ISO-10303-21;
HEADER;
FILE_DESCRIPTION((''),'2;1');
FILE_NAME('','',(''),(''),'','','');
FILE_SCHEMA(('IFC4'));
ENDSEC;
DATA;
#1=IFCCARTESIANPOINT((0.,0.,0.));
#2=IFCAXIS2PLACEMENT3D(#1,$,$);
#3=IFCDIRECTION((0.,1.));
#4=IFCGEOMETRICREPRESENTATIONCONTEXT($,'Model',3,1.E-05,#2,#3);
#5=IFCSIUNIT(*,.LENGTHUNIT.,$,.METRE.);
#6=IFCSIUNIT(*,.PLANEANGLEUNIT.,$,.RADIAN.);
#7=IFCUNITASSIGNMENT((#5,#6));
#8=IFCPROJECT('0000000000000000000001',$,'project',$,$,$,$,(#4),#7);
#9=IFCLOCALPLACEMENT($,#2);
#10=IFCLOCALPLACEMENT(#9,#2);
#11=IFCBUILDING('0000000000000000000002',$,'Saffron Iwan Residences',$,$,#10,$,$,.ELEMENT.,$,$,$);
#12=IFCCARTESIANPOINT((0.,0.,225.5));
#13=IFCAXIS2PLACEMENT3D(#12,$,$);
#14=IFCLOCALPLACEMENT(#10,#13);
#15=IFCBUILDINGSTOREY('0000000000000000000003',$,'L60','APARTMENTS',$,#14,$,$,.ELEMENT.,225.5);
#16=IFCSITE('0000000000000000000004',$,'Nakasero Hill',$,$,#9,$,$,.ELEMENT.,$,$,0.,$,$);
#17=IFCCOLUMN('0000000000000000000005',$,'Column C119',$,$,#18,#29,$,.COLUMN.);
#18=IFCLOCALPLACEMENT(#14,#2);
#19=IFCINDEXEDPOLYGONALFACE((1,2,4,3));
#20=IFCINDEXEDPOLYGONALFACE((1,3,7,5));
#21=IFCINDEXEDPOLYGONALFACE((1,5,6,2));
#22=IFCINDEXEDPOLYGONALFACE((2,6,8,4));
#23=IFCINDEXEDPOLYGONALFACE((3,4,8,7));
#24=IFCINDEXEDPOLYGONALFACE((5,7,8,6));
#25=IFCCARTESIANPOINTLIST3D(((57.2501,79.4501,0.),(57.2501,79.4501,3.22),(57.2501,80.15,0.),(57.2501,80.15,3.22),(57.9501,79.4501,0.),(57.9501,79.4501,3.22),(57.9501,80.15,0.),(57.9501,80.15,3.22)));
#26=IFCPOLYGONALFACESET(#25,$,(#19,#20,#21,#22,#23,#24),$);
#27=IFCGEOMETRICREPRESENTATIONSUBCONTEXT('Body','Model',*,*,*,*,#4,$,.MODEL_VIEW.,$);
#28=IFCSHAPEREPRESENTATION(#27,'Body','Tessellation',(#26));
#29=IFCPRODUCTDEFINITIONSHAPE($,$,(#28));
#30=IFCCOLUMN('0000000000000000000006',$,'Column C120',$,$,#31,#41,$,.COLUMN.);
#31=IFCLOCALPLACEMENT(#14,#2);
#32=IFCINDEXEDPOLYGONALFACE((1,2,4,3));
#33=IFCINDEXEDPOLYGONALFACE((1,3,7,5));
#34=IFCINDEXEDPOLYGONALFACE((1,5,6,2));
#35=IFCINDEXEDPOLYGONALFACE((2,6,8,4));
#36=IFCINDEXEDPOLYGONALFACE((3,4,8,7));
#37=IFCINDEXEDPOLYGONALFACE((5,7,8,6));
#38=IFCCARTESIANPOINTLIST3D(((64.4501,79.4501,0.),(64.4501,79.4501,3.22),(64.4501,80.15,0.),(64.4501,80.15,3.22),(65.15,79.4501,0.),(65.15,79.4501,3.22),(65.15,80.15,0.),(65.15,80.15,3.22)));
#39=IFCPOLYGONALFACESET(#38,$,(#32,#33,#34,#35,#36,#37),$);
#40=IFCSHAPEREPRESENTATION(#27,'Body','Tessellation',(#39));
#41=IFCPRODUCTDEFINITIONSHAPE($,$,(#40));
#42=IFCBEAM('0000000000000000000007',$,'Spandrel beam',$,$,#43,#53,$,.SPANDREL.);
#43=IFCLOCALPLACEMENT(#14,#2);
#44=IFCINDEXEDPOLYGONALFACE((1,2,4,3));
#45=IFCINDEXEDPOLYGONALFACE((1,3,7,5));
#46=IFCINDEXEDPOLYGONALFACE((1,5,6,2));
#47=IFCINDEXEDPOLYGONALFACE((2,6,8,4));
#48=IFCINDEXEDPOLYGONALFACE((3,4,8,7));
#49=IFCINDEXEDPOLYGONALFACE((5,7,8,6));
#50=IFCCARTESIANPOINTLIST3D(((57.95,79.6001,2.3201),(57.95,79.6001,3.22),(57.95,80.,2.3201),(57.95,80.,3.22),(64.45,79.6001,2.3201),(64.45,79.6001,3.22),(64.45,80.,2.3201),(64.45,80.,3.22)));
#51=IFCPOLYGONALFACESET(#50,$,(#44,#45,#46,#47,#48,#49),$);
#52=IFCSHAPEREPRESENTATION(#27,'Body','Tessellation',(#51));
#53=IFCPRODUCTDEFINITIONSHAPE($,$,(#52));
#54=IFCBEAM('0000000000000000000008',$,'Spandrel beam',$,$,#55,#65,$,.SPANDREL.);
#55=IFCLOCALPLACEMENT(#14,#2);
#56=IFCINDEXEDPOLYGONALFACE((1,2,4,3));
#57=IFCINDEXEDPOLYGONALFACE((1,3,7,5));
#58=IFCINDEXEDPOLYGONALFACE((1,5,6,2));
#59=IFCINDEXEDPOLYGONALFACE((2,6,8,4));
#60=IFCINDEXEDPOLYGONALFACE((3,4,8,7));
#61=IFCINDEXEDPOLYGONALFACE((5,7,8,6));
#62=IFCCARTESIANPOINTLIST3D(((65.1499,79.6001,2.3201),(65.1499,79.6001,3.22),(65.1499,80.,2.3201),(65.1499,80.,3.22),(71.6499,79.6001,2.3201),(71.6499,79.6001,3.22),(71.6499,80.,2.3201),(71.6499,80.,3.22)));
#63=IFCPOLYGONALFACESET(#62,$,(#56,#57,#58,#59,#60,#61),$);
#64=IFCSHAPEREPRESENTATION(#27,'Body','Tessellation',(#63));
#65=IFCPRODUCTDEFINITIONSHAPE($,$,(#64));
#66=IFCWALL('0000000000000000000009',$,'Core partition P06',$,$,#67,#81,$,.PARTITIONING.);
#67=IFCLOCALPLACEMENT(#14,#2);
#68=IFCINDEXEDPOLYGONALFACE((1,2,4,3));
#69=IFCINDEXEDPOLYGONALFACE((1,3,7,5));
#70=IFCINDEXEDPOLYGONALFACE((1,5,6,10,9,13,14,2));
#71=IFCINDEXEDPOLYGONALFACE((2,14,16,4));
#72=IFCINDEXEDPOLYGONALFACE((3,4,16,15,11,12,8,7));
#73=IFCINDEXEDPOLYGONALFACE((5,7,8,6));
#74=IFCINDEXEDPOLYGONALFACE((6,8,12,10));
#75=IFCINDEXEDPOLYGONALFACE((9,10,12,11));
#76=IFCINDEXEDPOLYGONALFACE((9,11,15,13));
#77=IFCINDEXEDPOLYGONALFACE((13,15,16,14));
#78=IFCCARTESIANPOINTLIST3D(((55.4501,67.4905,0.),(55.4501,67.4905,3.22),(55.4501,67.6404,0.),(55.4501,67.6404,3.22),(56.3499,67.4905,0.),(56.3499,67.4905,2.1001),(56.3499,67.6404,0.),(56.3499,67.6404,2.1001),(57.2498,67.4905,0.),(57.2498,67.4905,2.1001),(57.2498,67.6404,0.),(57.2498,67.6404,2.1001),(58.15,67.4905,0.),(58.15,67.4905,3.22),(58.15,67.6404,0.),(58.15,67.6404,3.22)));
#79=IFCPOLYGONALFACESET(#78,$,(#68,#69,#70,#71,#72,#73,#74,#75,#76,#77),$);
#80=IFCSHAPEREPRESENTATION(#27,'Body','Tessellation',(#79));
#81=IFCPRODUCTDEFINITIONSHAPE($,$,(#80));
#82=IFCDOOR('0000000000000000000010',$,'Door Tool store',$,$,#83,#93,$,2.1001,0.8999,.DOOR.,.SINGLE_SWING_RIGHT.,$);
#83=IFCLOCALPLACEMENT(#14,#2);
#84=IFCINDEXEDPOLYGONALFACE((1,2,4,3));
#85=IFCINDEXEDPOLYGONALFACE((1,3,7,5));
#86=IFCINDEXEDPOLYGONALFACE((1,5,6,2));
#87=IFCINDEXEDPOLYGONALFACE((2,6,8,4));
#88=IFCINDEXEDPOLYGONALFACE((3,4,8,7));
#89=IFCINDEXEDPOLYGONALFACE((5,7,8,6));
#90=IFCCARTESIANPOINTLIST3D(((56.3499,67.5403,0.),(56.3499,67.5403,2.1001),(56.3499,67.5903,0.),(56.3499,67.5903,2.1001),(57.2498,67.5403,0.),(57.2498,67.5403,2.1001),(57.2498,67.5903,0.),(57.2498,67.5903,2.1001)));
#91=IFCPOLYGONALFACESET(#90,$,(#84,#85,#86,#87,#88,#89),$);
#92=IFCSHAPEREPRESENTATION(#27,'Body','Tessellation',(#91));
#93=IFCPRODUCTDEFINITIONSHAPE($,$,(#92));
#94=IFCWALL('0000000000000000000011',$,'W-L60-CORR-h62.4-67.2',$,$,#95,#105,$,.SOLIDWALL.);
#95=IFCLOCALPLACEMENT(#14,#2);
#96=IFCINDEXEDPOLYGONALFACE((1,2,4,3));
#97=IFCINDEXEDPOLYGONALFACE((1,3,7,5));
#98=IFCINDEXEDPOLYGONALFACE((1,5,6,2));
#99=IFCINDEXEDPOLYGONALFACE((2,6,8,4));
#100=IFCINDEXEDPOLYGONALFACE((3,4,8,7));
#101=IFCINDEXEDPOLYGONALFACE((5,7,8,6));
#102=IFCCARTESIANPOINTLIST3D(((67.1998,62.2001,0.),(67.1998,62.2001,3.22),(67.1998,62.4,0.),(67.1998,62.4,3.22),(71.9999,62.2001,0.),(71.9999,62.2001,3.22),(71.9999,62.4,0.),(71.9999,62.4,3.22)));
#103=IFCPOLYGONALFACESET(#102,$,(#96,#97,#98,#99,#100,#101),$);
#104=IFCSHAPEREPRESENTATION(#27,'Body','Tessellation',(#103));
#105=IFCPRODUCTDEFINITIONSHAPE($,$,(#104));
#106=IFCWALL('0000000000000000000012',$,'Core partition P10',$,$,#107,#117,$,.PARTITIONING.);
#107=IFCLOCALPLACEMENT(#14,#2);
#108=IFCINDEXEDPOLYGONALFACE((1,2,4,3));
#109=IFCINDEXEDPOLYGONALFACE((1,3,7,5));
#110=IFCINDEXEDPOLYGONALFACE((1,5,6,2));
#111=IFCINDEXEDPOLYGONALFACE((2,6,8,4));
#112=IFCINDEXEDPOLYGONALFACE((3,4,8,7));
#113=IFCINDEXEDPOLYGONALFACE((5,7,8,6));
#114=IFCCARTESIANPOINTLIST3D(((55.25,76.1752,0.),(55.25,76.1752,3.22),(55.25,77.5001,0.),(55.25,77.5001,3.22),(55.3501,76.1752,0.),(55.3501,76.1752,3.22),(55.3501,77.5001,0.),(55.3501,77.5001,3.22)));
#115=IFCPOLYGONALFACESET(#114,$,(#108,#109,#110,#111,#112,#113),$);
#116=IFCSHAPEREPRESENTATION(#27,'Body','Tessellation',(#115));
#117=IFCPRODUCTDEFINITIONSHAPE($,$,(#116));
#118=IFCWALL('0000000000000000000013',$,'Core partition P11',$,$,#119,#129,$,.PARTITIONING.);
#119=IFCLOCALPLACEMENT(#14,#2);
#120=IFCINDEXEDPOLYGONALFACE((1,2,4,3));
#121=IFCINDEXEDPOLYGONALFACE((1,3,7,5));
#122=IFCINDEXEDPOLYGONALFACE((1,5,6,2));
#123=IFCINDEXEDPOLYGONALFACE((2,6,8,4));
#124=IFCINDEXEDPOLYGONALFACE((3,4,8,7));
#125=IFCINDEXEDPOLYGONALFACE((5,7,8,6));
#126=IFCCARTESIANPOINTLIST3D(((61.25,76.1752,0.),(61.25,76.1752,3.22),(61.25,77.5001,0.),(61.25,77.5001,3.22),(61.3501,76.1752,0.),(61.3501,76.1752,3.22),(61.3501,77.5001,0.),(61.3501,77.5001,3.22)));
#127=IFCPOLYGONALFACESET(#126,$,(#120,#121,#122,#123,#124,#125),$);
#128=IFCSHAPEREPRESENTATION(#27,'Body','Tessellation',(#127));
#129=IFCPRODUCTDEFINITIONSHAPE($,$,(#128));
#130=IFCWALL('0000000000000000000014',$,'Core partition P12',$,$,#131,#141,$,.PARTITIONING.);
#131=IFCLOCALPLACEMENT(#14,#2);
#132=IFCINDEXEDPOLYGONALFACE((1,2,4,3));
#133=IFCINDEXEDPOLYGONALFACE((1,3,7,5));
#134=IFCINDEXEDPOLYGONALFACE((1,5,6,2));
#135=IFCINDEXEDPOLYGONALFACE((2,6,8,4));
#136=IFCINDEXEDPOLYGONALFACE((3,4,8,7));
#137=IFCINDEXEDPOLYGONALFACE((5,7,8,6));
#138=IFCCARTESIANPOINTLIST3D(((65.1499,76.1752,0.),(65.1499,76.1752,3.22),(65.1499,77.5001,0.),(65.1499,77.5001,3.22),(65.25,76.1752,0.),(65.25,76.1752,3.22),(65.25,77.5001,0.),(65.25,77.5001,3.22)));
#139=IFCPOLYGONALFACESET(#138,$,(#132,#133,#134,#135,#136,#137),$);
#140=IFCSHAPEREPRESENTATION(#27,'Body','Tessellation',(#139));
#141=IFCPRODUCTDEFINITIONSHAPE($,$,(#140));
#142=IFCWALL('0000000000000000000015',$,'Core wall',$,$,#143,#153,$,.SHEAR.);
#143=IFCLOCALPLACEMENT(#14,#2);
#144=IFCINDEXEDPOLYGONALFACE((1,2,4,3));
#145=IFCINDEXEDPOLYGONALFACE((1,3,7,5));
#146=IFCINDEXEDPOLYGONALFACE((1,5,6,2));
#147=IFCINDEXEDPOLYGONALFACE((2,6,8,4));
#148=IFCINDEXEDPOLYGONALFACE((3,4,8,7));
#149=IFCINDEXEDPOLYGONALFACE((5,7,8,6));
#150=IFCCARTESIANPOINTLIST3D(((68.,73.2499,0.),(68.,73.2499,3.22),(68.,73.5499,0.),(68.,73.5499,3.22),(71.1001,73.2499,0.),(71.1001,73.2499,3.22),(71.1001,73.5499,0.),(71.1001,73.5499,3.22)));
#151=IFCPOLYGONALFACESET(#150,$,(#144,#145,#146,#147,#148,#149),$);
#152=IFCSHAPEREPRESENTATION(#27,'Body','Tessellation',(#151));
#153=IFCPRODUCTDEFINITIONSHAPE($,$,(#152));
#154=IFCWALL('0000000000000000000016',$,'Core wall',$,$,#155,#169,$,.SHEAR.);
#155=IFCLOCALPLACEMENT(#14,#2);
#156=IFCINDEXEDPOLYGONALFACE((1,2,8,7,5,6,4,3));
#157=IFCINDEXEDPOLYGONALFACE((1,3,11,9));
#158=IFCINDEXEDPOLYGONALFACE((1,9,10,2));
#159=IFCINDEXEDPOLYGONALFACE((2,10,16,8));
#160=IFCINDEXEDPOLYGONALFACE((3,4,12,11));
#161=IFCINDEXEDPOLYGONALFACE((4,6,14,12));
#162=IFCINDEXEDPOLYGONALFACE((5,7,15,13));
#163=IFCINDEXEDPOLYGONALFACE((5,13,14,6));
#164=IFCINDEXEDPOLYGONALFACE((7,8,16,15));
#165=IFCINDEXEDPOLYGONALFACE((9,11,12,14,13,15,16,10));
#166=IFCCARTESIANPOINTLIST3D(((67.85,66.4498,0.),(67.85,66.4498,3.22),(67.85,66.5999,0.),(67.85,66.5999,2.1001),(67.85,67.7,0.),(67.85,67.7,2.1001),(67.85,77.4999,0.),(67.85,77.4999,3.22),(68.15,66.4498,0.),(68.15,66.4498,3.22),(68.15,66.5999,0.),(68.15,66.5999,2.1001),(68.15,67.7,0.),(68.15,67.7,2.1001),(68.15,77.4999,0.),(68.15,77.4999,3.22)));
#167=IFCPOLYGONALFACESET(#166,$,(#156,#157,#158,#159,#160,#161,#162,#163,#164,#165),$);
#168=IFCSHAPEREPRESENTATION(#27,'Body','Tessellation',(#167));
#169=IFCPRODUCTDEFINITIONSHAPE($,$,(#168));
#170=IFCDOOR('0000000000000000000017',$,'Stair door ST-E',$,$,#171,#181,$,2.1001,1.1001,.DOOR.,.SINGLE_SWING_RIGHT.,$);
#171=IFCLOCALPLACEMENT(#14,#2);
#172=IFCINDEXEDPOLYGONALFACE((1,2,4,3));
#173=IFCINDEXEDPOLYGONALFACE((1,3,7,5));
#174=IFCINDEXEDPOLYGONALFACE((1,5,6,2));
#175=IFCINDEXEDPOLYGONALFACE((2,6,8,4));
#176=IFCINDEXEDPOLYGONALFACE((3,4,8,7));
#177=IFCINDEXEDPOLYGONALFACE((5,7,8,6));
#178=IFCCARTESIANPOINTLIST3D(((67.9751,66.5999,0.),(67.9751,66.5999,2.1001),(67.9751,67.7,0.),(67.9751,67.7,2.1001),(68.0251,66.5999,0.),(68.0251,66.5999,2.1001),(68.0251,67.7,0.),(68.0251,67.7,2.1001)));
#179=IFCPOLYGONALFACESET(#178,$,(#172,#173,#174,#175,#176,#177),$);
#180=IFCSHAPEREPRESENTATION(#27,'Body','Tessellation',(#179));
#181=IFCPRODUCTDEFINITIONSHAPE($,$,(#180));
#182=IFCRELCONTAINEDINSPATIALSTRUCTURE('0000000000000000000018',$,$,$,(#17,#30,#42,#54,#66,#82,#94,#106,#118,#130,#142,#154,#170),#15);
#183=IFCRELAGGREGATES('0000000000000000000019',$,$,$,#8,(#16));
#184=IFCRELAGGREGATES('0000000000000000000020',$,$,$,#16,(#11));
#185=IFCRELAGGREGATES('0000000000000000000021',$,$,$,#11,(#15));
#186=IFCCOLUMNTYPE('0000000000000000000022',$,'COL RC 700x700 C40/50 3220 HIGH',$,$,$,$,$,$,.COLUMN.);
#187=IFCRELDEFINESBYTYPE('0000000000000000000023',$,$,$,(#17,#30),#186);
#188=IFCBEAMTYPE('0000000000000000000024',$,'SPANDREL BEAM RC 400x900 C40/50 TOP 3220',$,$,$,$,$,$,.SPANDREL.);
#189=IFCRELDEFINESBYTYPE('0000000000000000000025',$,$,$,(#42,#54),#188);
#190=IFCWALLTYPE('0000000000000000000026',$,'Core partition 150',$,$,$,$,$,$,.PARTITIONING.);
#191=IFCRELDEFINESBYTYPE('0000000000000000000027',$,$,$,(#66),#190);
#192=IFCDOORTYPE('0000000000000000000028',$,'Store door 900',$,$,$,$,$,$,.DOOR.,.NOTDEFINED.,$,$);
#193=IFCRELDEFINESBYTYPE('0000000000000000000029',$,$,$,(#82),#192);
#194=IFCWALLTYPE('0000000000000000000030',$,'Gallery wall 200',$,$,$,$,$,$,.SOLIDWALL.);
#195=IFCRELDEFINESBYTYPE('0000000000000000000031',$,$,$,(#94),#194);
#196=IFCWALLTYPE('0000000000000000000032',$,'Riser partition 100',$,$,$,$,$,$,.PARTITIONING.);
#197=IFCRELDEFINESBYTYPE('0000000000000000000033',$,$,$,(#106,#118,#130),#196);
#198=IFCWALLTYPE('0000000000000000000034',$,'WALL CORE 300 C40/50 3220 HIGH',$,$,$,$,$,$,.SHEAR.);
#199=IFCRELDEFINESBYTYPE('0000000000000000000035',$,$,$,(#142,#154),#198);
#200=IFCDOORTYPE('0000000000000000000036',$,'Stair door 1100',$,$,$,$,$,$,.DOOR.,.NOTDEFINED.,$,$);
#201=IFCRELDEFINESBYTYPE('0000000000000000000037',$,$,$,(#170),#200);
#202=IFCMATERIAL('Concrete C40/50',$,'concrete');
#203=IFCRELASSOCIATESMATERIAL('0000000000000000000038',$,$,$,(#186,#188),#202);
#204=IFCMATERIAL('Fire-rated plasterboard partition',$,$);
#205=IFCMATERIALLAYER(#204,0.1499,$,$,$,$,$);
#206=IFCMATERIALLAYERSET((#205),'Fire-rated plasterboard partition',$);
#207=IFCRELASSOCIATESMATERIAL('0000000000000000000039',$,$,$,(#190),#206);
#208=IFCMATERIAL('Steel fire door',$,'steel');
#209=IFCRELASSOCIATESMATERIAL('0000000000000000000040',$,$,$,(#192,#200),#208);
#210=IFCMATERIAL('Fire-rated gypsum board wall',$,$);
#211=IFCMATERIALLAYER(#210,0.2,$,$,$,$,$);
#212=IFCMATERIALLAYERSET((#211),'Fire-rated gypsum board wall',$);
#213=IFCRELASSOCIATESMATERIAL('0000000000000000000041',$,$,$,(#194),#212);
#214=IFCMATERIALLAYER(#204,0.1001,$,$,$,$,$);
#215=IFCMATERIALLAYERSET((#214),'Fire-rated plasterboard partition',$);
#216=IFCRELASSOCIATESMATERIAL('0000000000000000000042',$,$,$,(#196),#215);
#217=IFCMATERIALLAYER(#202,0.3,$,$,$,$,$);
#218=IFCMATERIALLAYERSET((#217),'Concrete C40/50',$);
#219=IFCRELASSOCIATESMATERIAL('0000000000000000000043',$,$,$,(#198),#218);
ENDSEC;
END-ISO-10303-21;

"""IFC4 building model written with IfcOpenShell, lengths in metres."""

from ifc_helpers import new_model, si_unit, direction, frame, frame_2d, origin, origin_2d, place, context, subcontext, project, spatial, rectangle, extrude, source, transform, mapped, material, layer, layer_set, material_profile, profile_set, type_object, element, fill, save


model = new_model("IFC4")

# Units and contexts
model_context = context("Model", 3, precision=1e-05, world=origin(), true_north=direction((0.0, 1.0)))
body_context = subcontext(model_context, "Body", "Model", "MODEL_VIEW")
ifc_project = project(units=[si_unit("LENGTHUNIT", "METRE"), si_unit("PLANEANGLEUNIT", "RADIAN")], contexts=[model_context])

# Site, building, storey
site_placement = place(None, origin())
site = spatial("IfcSite", under=ifc_project, at=site_placement, Name="Nakasero Hill", CompositionType="ELEMENT", RefElevation=0.0)
building_placement = place(site_placement, origin())
building = spatial("IfcBuilding", under=site, at=building_placement, Name="Saffron Iwan Residences", CompositionType="ELEMENT")
storey_placement = place(building_placement, frame((0.0, 0.0, 225.5)))
storey = spatial("IfcBuildingStorey", under=building, at=storey_placement, Name="L60", Description="APARTMENTS", CompositionType="ELEMENT", Elevation=225.5)

# Columns
ifc_material_1 = material(Name="Concrete C40/50", Category="concrete")
ifc_material_profile_1 = material_profile(ifc_material_1, rectangle(XDim=0.7, YDim=0.7, at=origin_2d()), Name="RC 700x700")
ifc_profile_set_1 = profile_set([ifc_material_profile_1], Name="Concrete C40/50")
column_type = type_object("IfcColumnType", Name="COL RC 700x700 C40/50 3220 HIGH", PredefinedType="COLUMN", material=ifc_profile_set_1)
shared_shape_1 = source(origin(), body_context, "Body", "SweptSolid", [
    extrude(rectangle(XDim=0.7, YDim=0.7, at=origin_2d()), origin(), (0.0, 0.0, 1.0), 3.22),
])
for number, where, z_axis, x_axis, name in (
    (1, (57.6001, 79.8, 0.0), (0.0, 0.0, 1.0), (1.0, 0.0, 0.0), "Column C119"),
    (2, (64.8, 79.8, 0.0), (0.0, 0.0, 1.0), (1.0, 0.0, 0.0), "Column C120"),
):
    element("IfcColumn", number, at=place(storey_placement, frame(where, z_axis=z_axis, x_axis=x_axis)), inside=storey, type_object=column_type, Name=name, PredefinedType="COLUMN", context=body_context, shape_type="MappedRepresentation", body=[
        mapped(shared_shape_1, transform((0.0, 0.0, 0.0))),
    ])

# Beams
ifc_material_profile_2 = material_profile(ifc_material_1, rectangle(XDim=0.3999, YDim=0.8999, at=origin_2d()), Name="RC 400x900")
ifc_profile_set_2 = profile_set([ifc_material_profile_2], Name="Concrete C40/50")
beam_type = type_object("IfcBeamType", Name="SPANDREL BEAM RC 400x900 C40/50 TOP 3220", PredefinedType="SPANDREL", material=ifc_profile_set_2)
shared_shape_2 = source(origin(), body_context, "Body", "SweptSolid", [
    extrude(rectangle(XDim=0.3999, YDim=0.8999, at=origin_2d()), origin(), (0.0, 0.0, 1.0), 6.5),
])
for number, where, z_axis, x_axis, name in (
    (3, (57.95, 79.8, 2.77), (1.0, 0.0, 0.0), (0.0, 1.0, 0.0), "Spandrel beam"),
    (4, (65.1499, 79.8, 2.77), (1.0, 0.0, 0.0), (0.0, 1.0, 0.0), "Spandrel beam"),
):
    element("IfcBeam", number, at=place(storey_placement, frame(where, z_axis=z_axis, x_axis=x_axis)), inside=storey, type_object=beam_type, Name=name, PredefinedType="SPANDREL", context=body_context, shape_type="MappedRepresentation", body=[
        mapped(shared_shape_2, transform((0.0, 0.0, 0.0))),
    ])

# Wall, opening, door
ifc_material_2 = material(Name="Fire-rated plasterboard partition")
ifc_layer_1 = layer(ifc_material_2, 0.1499)
ifc_layer_set_1 = layer_set([ifc_layer_1], Name="Fire-rated plasterboard partition")
wall_type_1 = type_object("IfcWallType", Name="Core partition 150", PredefinedType="PARTITIONING", material=ifc_layer_set_1)
wall_1_placement = place(storey_placement, frame((55.45, 67.5654, 0.0), z_axis=(0.0, 0.0, 1.0), x_axis=(1.0, 0.0, 0.0)))
wall_1 = element("IfcWall", 5, at=wall_1_placement, inside=storey, type_object=wall_type_1, Name="Core partition P06", PredefinedType="PARTITIONING", context=body_context, shape_type="SweptSolid", body=[
    extrude(rectangle(XDim=2.7, YDim=0.1499, at=frame_2d((1.3501, 0.0))), origin(), (0.0, 0.0, 1.0), 3.22),
])
opening_1_placement = place(wall_1_placement, frame((0.8999, 0.0, 0.0)))
opening_1 = element("IfcOpeningElement", 6, at=opening_1_placement, cuts=wall_1, PredefinedType="OPENING", context=body_context, shape_type="SweptSolid", body=[
    extrude(rectangle(XDim=0.8999, YDim=2.1001, at=frame_2d((0.45, 1.05))), frame((0.0, 0.085, 0.0), z_axis=(0.0, -1.0, 0.0), x_axis=(1.0, 0.0, 0.0)), (0.0, 0.0, 1.0), 0.1699),
])
ifc_material_3 = material(Name="Steel fire door", Category="steel")
door_type_1 = type_object("IfcDoorType", Name="Store door 900", OperationType="NOTDEFINED", PredefinedType="DOOR", material=ifc_material_3)
door_1_placement = place(opening_1_placement, origin())
door_1 = element("IfcDoor", 7, at=door_1_placement, inside=storey, type_object=door_type_1, Name="Door Tool store", OperationType="SINGLE_SWING_RIGHT", OverallHeight=2.1001, OverallWidth=0.8999, PredefinedType="DOOR", context=body_context, shape_type="SweptSolid", body=[
    extrude(rectangle(XDim=0.8999, YDim=2.1001, at=frame_2d((0.45, 1.05))), frame((0.0, 0.0249, 0.0), z_axis=(0.0, -1.0, 0.0), x_axis=(1.0, 0.0, 0.0)), (0.0, 0.0, 1.0), 0.05),
])
fill(opening_1, door_1)

# Walls
ifc_material_4 = material(Name="Fire-rated gypsum board wall")
ifc_layer_2 = layer(ifc_material_4, 0.2)
ifc_layer_set_2 = layer_set([ifc_layer_2], Name="Fire-rated gypsum board wall")
wall_type_2 = type_object("IfcWallType", Name="Gallery wall 200", PredefinedType="SOLIDWALL", material=ifc_layer_set_2)
wall_2_placement = place(storey_placement, frame((67.2, 62.3, 0.0), z_axis=(0.0, 0.0, 1.0), x_axis=(1.0, 0.0, 0.0)))
element("IfcWall", 8, at=wall_2_placement, inside=storey, type_object=wall_type_2, Name="W-L60-CORR-h62.4-67.2", PredefinedType="SOLIDWALL", context=body_context, shape_type="SweptSolid", body=[
    extrude(rectangle(XDim=4.8, YDim=0.2, at=frame_2d((2.3999, 0.0))), origin(), (0.0, 0.0, 1.0), 3.22),
])
ifc_layer_3 = layer(ifc_material_2, 0.1001)
ifc_layer_set_3 = layer_set([ifc_layer_3], Name="Fire-rated plasterboard partition")
wall_type_3 = type_object("IfcWallType", Name="Riser partition 100", PredefinedType="PARTITIONING", material=ifc_layer_set_3)
for number, where, z_axis, x_axis, name in (
    (9, (55.3, 76.175, 0.0), (0.0, 0.0, 1.0), (0.0, 1.0, 0.0), "Core partition P10"),
    (10, (61.3, 76.175, 0.0), (0.0, 0.0, 1.0), (0.0, 1.0, 0.0), "Core partition P11"),
    (11, (65.2, 76.175, 0.0), (0.0, 0.0, 1.0), (0.0, 1.0, 0.0), "Core partition P12"),
):
    element("IfcWall", number, at=place(storey_placement, frame(where, z_axis=z_axis, x_axis=x_axis)), inside=storey, type_object=wall_type_3, Name=name, PredefinedType="PARTITIONING", context=body_context, shape_type="SweptSolid", body=[
        extrude(rectangle(XDim=1.325, YDim=0.1001, at=frame_2d((0.6626, 0.0))), origin(), (0.0, 0.0, 1.0), 3.22),
    ])
ifc_layer_4 = layer(ifc_material_1, 0.3)
ifc_layer_set_4 = layer_set([ifc_layer_4], Name="Concrete C40/50")
wall_type_4 = type_object("IfcWallType", Name="WALL CORE 300 C40/50 3220 HIGH", PredefinedType="SHEAR", material=ifc_layer_set_4)
wall_3_placement = place(storey_placement, frame((68.0, 73.3999, 0.0), z_axis=(0.0, 0.0, 1.0), x_axis=(1.0, 0.0, 0.0)))
element("IfcWall", 12, at=wall_3_placement, inside=storey, type_object=wall_type_4, Name="Core wall", PredefinedType="SHEAR", context=body_context, shape_type="SweptSolid", body=[
    extrude(rectangle(XDim=3.1001, YDim=0.3, at=frame_2d((1.55, 0.0))), origin(), (0.0, 0.0, 1.0), 3.22),
])

# Wall, opening, door
wall_4_placement = place(storey_placement, frame((68.0, 66.45, 0.0), z_axis=(0.0, 0.0, 1.0), x_axis=(0.0, 1.0, 0.0)))
wall_4 = element("IfcWall", 13, at=wall_4_placement, inside=storey, type_object=wall_type_4, Name="Core wall", PredefinedType="SHEAR", context=body_context, shape_type="SweptSolid", body=[
    extrude(rectangle(XDim=11.05, YDim=0.3, at=frame_2d((5.5249, 0.0))), origin(), (0.0, 0.0, 1.0), 3.22),
])
opening_2_placement = place(wall_4_placement, frame((0.1499, 0.0, 0.0)))
opening_2 = element("IfcOpeningElement", 14, at=opening_2_placement, cuts=wall_4, PredefinedType="OPENING", context=body_context, shape_type="SweptSolid", body=[
    extrude(rectangle(XDim=1.1001, YDim=2.1001, at=frame_2d((0.55, 1.05))), frame((0.0, 0.1602, 0.0), z_axis=(0.0, -1.0, 0.0), x_axis=(1.0, 0.0, 0.0)), (0.0, 0.0, 1.0), 0.3201),
])
door_type_2 = type_object("IfcDoorType", Name="Stair door 1100", OperationType="NOTDEFINED", PredefinedType="DOOR", material=ifc_material_3)
door_2_placement = place(opening_2_placement, origin())
door_2 = element("IfcDoor", 15, at=door_2_placement, inside=storey, type_object=door_type_2, Name="Stair door ST-E", OperationType="SINGLE_SWING_RIGHT", OverallHeight=2.1001, OverallWidth=1.1001, PredefinedType="DOOR", context=body_context, shape_type="SweptSolid", body=[
    extrude(rectangle(XDim=1.1001, YDim=2.1001, at=frame_2d((0.55, 1.05))), frame((0.0, 0.0249, 0.0), z_axis=(0.0, -1.0, 0.0), x_axis=(1.0, 0.0, 0.0)), (0.0, 0.0, 1.0), 0.05),
])
fill(opening_2, door_2)

save(model, "model.ifc")
